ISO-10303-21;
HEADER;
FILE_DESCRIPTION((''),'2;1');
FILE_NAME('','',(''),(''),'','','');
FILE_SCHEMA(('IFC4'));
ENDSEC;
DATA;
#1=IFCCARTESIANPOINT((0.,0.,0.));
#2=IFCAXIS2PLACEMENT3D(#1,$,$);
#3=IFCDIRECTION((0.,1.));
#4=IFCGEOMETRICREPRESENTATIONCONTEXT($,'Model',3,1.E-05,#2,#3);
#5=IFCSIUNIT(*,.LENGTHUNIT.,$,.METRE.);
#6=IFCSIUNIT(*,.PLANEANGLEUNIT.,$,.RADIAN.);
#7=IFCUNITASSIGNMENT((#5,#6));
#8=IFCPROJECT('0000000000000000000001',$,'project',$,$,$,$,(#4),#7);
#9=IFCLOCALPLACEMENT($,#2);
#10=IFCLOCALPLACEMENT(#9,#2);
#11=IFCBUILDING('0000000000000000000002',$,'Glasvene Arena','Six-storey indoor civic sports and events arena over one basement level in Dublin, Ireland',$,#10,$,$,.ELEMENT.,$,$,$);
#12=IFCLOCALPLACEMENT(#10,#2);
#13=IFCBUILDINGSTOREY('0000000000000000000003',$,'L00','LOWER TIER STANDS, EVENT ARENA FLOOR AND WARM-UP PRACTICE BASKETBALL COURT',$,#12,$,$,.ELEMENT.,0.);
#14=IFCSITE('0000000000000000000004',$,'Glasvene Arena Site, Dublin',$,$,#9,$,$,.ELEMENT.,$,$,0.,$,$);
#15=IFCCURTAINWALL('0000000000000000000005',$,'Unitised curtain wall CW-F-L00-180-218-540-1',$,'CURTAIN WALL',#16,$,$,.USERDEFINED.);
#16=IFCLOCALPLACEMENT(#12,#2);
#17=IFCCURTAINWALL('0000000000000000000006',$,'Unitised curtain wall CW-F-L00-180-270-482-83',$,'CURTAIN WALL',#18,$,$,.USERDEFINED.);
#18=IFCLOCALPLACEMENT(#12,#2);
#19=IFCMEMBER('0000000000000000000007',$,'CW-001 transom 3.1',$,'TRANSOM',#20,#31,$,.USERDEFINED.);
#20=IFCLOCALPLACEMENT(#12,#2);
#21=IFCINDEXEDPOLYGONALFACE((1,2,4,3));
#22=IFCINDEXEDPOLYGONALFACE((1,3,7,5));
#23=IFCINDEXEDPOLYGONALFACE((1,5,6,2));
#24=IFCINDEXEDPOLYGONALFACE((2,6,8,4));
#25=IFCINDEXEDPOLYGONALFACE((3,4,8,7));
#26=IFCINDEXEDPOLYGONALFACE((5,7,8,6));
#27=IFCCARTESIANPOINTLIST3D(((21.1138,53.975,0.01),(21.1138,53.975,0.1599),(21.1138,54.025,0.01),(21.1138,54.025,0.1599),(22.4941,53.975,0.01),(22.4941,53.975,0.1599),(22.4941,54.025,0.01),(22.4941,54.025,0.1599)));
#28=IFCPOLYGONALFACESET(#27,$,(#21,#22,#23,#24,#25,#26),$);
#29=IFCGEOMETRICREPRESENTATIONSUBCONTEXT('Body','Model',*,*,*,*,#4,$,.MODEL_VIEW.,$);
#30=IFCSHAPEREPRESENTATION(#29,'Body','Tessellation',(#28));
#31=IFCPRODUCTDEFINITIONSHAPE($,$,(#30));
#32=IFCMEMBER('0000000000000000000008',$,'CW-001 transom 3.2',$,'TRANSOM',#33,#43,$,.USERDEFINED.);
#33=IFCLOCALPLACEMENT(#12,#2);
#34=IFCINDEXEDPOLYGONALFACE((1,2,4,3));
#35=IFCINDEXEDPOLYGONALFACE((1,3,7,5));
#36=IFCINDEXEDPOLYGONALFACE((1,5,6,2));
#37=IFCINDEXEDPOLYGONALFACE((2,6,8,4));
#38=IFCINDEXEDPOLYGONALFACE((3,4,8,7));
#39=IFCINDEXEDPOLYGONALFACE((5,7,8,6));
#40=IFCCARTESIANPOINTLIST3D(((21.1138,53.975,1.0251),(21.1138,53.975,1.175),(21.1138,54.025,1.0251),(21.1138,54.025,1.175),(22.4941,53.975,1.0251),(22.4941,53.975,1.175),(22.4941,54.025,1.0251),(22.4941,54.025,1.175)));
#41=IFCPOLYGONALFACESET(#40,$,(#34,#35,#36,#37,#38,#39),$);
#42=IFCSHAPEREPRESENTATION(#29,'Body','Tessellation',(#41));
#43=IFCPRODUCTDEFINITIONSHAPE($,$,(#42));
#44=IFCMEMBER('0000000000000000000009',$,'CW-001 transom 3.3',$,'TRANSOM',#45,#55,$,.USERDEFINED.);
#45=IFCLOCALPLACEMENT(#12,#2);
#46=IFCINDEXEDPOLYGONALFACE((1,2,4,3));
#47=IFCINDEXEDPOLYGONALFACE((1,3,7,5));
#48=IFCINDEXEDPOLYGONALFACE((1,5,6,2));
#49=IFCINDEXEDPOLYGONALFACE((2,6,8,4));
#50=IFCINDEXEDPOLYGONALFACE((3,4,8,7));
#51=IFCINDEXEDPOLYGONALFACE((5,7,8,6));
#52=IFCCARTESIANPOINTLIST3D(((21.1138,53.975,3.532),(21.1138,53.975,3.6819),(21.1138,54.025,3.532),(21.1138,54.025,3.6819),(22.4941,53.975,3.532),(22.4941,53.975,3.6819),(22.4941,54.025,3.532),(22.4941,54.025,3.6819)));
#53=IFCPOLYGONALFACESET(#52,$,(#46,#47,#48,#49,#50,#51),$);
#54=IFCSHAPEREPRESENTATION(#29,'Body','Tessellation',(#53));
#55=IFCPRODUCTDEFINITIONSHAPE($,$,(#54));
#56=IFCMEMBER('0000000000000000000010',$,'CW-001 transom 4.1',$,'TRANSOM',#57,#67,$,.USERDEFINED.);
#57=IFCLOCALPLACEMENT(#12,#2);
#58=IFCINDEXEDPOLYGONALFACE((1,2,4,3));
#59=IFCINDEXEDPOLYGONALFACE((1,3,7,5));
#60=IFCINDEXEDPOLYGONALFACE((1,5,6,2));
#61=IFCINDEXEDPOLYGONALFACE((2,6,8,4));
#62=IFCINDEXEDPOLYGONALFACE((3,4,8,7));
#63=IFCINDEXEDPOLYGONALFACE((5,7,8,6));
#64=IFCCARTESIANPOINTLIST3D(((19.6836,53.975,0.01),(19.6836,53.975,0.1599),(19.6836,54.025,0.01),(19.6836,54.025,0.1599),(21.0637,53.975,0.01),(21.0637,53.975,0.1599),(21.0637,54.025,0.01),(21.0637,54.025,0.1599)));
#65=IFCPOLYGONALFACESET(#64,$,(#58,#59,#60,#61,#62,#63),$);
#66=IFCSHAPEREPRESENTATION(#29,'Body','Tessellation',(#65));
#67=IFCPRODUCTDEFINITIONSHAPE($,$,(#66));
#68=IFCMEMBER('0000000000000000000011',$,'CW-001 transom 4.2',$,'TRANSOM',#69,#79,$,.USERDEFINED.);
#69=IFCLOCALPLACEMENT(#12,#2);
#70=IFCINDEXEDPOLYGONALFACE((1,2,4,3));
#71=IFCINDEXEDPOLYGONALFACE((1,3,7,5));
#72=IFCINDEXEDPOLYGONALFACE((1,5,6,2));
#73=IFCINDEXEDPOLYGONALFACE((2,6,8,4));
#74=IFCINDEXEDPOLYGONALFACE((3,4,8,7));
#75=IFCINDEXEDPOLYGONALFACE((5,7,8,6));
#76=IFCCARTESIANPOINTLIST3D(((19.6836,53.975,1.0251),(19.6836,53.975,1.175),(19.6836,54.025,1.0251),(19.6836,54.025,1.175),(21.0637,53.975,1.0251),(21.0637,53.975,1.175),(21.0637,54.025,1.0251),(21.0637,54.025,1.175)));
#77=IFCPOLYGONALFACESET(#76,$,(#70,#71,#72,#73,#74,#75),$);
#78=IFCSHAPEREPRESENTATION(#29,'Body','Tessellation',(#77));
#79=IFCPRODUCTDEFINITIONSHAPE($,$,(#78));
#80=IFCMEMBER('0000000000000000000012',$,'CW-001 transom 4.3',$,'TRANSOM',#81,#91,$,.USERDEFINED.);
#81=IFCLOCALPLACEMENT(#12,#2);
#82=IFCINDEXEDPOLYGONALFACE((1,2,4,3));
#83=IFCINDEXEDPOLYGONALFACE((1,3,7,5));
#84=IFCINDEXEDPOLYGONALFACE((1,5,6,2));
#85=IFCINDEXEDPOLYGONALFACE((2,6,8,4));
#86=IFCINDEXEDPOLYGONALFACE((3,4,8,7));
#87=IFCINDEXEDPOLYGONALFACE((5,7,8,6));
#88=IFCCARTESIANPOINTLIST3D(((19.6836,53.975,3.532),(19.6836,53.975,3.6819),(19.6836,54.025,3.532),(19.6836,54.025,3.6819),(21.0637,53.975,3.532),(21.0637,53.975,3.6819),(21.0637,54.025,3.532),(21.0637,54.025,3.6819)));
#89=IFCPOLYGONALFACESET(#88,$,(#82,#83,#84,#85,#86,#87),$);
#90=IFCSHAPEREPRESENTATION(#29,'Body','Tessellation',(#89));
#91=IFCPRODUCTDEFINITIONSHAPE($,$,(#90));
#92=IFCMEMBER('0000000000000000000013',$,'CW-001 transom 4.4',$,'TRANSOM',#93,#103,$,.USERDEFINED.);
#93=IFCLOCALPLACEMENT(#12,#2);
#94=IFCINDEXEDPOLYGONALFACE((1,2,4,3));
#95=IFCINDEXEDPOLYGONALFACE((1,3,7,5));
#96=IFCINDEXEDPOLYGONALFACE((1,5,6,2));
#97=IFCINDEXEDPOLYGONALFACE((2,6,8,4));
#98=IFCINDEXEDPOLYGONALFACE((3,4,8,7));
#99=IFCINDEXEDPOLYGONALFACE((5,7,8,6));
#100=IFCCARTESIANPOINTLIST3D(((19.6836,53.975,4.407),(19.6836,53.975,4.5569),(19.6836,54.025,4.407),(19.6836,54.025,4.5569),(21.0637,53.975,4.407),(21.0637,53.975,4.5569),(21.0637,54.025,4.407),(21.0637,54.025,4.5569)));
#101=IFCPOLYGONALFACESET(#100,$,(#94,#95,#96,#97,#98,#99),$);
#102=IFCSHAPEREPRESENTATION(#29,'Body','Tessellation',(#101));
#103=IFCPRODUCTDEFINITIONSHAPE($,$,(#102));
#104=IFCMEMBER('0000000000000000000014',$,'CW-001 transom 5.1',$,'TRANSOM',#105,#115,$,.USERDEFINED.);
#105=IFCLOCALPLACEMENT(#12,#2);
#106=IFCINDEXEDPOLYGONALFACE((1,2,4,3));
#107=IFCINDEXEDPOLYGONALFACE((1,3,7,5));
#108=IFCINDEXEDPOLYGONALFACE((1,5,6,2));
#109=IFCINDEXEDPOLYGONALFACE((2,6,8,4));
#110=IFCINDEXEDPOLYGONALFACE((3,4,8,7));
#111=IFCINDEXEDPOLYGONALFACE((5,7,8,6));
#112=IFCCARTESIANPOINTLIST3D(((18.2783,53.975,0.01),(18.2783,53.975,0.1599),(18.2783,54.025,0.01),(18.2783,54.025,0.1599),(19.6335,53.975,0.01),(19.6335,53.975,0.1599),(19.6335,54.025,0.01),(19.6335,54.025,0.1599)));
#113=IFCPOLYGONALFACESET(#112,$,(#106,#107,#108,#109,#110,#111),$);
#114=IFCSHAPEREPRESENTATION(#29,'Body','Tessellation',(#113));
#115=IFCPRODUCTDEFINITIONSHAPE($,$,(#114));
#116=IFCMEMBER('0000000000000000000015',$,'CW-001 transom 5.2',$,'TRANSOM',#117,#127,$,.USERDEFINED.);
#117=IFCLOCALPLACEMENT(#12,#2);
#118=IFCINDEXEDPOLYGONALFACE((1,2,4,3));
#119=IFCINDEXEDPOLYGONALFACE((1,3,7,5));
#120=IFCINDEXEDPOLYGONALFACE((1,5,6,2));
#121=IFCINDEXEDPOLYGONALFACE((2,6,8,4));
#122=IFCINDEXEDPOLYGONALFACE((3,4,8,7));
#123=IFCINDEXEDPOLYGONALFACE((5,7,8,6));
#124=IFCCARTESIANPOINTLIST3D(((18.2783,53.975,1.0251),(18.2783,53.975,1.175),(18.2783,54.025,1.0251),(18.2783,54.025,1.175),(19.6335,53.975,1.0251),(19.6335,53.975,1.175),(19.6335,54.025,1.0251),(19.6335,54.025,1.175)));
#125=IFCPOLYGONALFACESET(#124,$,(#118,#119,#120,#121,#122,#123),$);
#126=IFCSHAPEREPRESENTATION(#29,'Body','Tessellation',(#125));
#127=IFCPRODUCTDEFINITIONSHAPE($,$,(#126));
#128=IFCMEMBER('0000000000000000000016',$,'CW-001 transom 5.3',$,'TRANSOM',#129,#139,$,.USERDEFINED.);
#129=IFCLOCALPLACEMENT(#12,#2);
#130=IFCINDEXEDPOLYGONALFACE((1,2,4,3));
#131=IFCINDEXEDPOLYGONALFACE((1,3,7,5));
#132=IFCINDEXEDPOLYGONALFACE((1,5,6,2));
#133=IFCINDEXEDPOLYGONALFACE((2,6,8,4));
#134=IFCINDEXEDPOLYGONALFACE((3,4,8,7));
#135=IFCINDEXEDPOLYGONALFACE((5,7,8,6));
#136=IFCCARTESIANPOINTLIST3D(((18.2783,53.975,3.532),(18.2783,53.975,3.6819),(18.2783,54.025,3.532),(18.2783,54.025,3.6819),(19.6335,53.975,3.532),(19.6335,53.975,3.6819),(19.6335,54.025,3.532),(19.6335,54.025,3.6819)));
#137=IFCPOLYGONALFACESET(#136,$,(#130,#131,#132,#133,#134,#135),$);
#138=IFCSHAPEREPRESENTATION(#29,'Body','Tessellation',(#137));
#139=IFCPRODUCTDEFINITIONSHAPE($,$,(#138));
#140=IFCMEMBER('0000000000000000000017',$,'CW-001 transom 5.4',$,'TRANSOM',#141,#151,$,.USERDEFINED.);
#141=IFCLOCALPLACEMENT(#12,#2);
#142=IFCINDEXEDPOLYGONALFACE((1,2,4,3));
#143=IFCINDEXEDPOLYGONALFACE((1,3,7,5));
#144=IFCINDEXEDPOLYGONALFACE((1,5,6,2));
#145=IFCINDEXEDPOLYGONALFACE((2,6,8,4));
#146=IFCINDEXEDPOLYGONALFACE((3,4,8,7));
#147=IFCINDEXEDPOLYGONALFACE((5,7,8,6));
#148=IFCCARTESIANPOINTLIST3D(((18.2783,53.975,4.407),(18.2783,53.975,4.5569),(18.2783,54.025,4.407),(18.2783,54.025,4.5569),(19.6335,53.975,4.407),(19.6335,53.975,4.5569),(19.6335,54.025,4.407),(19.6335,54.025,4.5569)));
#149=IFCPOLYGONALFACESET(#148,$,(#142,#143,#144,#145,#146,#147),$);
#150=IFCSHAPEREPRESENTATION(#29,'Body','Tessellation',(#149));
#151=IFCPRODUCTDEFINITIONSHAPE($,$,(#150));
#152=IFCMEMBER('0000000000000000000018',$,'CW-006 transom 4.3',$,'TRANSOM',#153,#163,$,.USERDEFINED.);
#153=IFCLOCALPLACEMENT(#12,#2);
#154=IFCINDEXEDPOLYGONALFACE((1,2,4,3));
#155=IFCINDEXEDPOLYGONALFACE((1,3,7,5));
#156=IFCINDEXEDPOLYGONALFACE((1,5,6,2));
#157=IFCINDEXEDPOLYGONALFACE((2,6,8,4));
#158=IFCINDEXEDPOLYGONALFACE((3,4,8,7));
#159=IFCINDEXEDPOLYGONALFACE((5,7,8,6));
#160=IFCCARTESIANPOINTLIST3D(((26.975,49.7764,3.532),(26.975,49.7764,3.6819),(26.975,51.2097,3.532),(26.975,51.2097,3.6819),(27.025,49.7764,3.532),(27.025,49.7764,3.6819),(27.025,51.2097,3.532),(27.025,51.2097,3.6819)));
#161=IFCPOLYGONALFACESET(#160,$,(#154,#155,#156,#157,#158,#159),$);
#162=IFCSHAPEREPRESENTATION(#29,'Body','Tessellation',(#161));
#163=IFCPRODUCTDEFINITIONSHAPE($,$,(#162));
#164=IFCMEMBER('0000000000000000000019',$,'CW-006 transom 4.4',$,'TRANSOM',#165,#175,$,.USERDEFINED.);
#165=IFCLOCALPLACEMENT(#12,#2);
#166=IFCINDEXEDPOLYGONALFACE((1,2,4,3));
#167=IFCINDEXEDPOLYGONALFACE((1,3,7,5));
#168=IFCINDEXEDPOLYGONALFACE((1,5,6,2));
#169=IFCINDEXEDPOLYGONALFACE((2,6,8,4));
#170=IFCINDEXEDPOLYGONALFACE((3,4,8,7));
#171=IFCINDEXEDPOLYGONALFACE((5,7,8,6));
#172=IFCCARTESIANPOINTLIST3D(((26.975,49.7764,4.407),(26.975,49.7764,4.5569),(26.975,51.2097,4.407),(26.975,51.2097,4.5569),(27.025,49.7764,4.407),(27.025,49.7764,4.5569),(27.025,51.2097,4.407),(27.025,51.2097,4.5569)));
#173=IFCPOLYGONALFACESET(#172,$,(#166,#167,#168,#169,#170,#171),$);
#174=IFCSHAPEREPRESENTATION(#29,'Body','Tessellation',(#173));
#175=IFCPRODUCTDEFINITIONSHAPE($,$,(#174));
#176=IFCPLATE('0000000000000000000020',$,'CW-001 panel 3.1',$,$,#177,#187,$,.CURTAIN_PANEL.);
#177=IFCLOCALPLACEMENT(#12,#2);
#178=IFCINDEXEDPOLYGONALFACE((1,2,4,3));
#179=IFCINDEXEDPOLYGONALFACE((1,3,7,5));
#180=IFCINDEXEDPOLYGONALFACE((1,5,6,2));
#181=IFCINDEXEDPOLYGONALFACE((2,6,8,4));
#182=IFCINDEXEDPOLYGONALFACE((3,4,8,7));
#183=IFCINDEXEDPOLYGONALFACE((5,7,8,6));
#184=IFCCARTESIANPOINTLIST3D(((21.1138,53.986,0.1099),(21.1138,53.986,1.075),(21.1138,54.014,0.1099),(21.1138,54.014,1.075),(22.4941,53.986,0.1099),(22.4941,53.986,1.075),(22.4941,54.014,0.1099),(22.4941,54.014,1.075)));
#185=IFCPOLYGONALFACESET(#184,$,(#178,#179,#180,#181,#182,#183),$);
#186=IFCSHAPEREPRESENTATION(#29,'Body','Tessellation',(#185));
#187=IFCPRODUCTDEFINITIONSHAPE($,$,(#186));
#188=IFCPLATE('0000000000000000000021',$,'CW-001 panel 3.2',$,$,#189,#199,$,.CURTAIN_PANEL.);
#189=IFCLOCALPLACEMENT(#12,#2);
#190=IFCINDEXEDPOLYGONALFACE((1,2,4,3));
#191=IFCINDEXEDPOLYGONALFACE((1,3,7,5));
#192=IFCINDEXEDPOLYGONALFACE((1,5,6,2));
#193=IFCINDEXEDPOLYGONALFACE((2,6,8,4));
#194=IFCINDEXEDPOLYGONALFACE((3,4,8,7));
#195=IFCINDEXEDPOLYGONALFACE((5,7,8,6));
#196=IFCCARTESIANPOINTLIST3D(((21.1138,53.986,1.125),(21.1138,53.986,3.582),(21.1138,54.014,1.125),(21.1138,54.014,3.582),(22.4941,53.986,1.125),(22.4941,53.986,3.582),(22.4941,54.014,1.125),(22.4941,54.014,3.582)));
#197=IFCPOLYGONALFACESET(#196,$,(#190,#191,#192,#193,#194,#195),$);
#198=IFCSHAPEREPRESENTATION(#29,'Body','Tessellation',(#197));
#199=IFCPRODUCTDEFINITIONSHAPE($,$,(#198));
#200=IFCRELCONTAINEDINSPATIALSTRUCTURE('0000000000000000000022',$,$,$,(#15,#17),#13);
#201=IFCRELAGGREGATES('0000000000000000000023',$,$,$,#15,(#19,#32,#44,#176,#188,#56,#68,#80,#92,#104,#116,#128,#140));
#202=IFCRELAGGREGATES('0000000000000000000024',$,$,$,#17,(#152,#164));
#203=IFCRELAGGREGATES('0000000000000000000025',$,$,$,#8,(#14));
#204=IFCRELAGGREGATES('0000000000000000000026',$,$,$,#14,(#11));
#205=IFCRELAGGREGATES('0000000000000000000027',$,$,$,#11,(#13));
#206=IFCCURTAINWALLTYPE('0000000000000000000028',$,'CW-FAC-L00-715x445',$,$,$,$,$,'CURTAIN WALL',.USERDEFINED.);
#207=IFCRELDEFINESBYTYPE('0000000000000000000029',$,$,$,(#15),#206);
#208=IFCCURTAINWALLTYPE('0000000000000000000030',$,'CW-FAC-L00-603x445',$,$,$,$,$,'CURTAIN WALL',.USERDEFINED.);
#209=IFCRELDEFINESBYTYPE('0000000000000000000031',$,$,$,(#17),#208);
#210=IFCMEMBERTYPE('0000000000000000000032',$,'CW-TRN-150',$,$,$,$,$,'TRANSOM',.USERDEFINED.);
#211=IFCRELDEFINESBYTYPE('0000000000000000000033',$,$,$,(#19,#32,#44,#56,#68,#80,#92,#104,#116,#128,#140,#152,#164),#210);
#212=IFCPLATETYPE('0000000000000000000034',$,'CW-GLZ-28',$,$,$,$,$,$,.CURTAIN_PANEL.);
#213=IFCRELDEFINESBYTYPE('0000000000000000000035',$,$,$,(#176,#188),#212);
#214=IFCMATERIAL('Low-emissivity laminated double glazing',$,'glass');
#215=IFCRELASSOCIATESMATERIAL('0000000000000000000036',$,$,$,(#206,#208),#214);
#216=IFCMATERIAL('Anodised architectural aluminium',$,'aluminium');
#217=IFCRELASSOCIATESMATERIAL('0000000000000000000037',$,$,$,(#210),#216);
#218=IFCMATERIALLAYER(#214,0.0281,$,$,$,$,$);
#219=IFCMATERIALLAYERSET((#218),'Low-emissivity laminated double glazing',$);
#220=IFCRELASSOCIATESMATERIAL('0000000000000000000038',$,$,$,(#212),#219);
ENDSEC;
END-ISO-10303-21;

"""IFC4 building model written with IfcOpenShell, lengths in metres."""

from ifc_helpers import new_model, si_unit, direction, frame, origin, origin_2d, place, context, subcontext, project, spatial, rectangle, extrude, material, layer, layer_set, material_profile, profile_set, type_object, element, aggregate, save


model = new_model("IFC4")

# Units and contexts
model_context = context("Model", 3, precision=1e-05, world=origin(), true_north=direction((0.0, 1.0)))
body_context = subcontext(model_context, "Body", "Model", "MODEL_VIEW")
ifc_project = project(units=[si_unit("LENGTHUNIT", "METRE"), si_unit("PLANEANGLEUNIT", "RADIAN")], contexts=[model_context])

# Site, building, storey
site_placement = place(None, origin())
site = spatial("IfcSite", under=ifc_project, at=site_placement, Name="Glasvene Arena Site, Dublin", CompositionType="ELEMENT", RefElevation=0.0)
building_placement = place(site_placement, origin())
building = spatial("IfcBuilding", under=site, at=building_placement, Name="Glasvene Arena", Description="Six-storey indoor civic sports and events arena over one basement level in Dublin, Ireland", CompositionType="ELEMENT")
storey_placement = place(building_placement, origin())
storey = spatial("IfcBuildingStorey", under=building, at=storey_placement, Name="L00", Description="LOWER TIER STANDS, EVENT ARENA FLOOR AND WARM-UP PRACTICE BASKETBALL COURT", CompositionType="ELEMENT", Elevation=0.0)

# Curtain wall
ifc_material_1 = material(Name="Low-emissivity laminated double glazing", Category="glass")
curtain_wall_type_1 = type_object("IfcCurtainWallType", Name="CW-FAC-L00-715x445", ElementType="CURTAIN WALL", PredefinedType="USERDEFINED", material=ifc_material_1)
curtain_wall_1_placement = place(storey_placement, frame((25.3796, 54.0, 0.0)))
curtain_wall_1 = element("IfcCurtainWall", 1, at=curtain_wall_1_placement, inside=storey, type_object=curtain_wall_type_1, Name="Unitised curtain wall CW-F-L00-180-218-540-1", ObjectType="CURTAIN WALL", PredefinedType="USERDEFINED")
ifc_material_2 = material(Name="Anodised architectural aluminium", Category="aluminium")

# Curtain wall
curtain_wall_type_2 = type_object("IfcCurtainWallType", Name="CW-FAC-L00-603x445", ElementType="CURTAIN WALL", PredefinedType="USERDEFINED", material=ifc_material_1)
curtain_wall_2_placement = place(storey_placement, frame((27.0, 45.2261, 0.0)))
curtain_wall_2 = element("IfcCurtainWall", 2, at=curtain_wall_2_placement, inside=storey, type_object=curtain_wall_type_2, Name="Unitised curtain wall CW-F-L00-180-270-482-83", ObjectType="CURTAIN WALL", PredefinedType="USERDEFINED")

# Members
ifc_material_profile_1 = material_profile(ifc_material_2, rectangle(XDim=0.05, YDim=0.1499, at=origin_2d()), Name="ALU TRANSOM 50x150")
ifc_profile_set_1 = profile_set([ifc_material_profile_1], Name="Anodised architectural aluminium")
member_type_1 = type_object("IfcMemberType", Name="CW-TRN-150", ElementType="TRANSOM", PredefinedType="USERDEFINED", material=ifc_profile_set_1)
member_1_placement = place(storey_placement, frame((22.4941, 54.0, 0.085), z_axis=(-1.0, 0.0, 0.0), x_axis=(0.0, -1.0, 0.0)))
member_1 = element("IfcMember", 3, at=member_1_placement, type_object=member_type_1, Name="CW-001 transom 3.1", ObjectType="TRANSOM", PredefinedType="USERDEFINED", context=body_context, shape_type="SweptSolid", body=[
    extrude(rectangle(XDim=0.05, YDim=0.1499, at=origin_2d()), origin(), (0.0, 0.0, 1.0), 1.3804),
])
member_2_placement = place(storey_placement, frame((22.4941, 54.0, 1.1001), z_axis=(-1.0, 0.0, 0.0), x_axis=(0.0, -1.0, 0.0)))
member_2 = element("IfcMember", 4, at=member_2_placement, type_object=member_type_1, Name="CW-001 transom 3.2", ObjectType="TRANSOM", PredefinedType="USERDEFINED", context=body_context, shape_type="SweptSolid", body=[
    extrude(rectangle(XDim=0.05, YDim=0.1499, at=origin_2d()), origin(), (0.0, 0.0, 1.0), 1.3804),
])
member_3_placement = place(storey_placement, frame((22.4941, 54.0, 3.6069), z_axis=(-1.0, 0.0, 0.0), x_axis=(0.0, -1.0, 0.0)))
member_3 = element("IfcMember", 5, at=member_3_placement, type_object=member_type_1, Name="CW-001 transom 3.3", ObjectType="TRANSOM", PredefinedType="USERDEFINED", context=body_context, shape_type="SweptSolid", body=[
    extrude(rectangle(XDim=0.05, YDim=0.1499, at=origin_2d()), origin(), (0.0, 0.0, 1.0), 1.3804),
])
member_4_placement = place(storey_placement, frame((21.0637, 54.0, 0.085), z_axis=(-1.0, 0.0, 0.0), x_axis=(0.0, -1.0, 0.0)))
member_4 = element("IfcMember", 6, at=member_4_placement, type_object=member_type_1, Name="CW-001 transom 4.1", ObjectType="TRANSOM", PredefinedType="USERDEFINED", context=body_context, shape_type="SweptSolid", body=[
    extrude(rectangle(XDim=0.05, YDim=0.1499, at=origin_2d()), origin(), (0.0, 0.0, 1.0), 1.3801),
])
member_5_placement = place(storey_placement, frame((21.0637, 54.0, 1.1001), z_axis=(-1.0, 0.0, 0.0), x_axis=(0.0, -1.0, 0.0)))
member_5 = element("IfcMember", 7, at=member_5_placement, type_object=member_type_1, Name="CW-001 transom 4.2", ObjectType="TRANSOM", PredefinedType="USERDEFINED", context=body_context, shape_type="SweptSolid", body=[
    extrude(rectangle(XDim=0.05, YDim=0.1499, at=origin_2d()), origin(), (0.0, 0.0, 1.0), 1.3801),
])
member_6_placement = place(storey_placement, frame((21.0637, 54.0, 3.6069), z_axis=(-1.0, 0.0, 0.0), x_axis=(0.0, -1.0, 0.0)))
member_6 = element("IfcMember", 8, at=member_6_placement, type_object=member_type_1, Name="CW-001 transom 4.3", ObjectType="TRANSOM", PredefinedType="USERDEFINED", context=body_context, shape_type="SweptSolid", body=[
    extrude(rectangle(XDim=0.05, YDim=0.1499, at=origin_2d()), origin(), (0.0, 0.0, 1.0), 1.3801),
])
member_7_placement = place(storey_placement, frame((21.0637, 54.0, 4.4819), z_axis=(-1.0, 0.0, 0.0), x_axis=(0.0, -1.0, 0.0)))
member_7 = element("IfcMember", 9, at=member_7_placement, type_object=member_type_1, Name="CW-001 transom 4.4", ObjectType="TRANSOM", PredefinedType="USERDEFINED", context=body_context, shape_type="SweptSolid", body=[
    extrude(rectangle(XDim=0.05, YDim=0.1499, at=origin_2d()), origin(), (0.0, 0.0, 1.0), 1.3801),
])
member_8_placement = place(storey_placement, frame((19.6335, 54.0, 0.085), z_axis=(-1.0, 0.0, 0.0), x_axis=(0.0, -1.0, 0.0)))
member_8 = element("IfcMember", 10, at=member_8_placement, type_object=member_type_1, Name="CW-001 transom 5.1", ObjectType="TRANSOM", PredefinedType="USERDEFINED", context=body_context, shape_type="SweptSolid", body=[
    extrude(rectangle(XDim=0.05, YDim=0.1499, at=origin_2d()), origin(), (0.0, 0.0, 1.0), 1.3552),
])
member_9_placement = place(storey_placement, frame((19.6335, 54.0, 1.1001), z_axis=(-1.0, 0.0, 0.0), x_axis=(0.0, -1.0, 0.0)))
member_9 = element("IfcMember", 11, at=member_9_placement, type_object=member_type_1, Name="CW-001 transom 5.2", ObjectType="TRANSOM", PredefinedType="USERDEFINED", context=body_context, shape_type="SweptSolid", body=[
    extrude(rectangle(XDim=0.05, YDim=0.1499, at=origin_2d()), origin(), (0.0, 0.0, 1.0), 1.3552),
])
member_10_placement = place(storey_placement, frame((19.6335, 54.0, 3.6069), z_axis=(-1.0, 0.0, 0.0), x_axis=(0.0, -1.0, 0.0)))
member_10 = element("IfcMember", 12, at=member_10_placement, type_object=member_type_1, Name="CW-001 transom 5.3", ObjectType="TRANSOM", PredefinedType="USERDEFINED", context=body_context, shape_type="SweptSolid", body=[
    extrude(rectangle(XDim=0.05, YDim=0.1499, at=origin_2d()), origin(), (0.0, 0.0, 1.0), 1.3552),
])
member_11_placement = place(storey_placement, frame((19.6335, 54.0, 4.4819), z_axis=(-1.0, 0.0, 0.0), x_axis=(0.0, -1.0, 0.0)))
member_11 = element("IfcMember", 13, at=member_11_placement, type_object=member_type_1, Name="CW-001 transom 5.4", ObjectType="TRANSOM", PredefinedType="USERDEFINED", context=body_context, shape_type="SweptSolid", body=[
    extrude(rectangle(XDim=0.05, YDim=0.1499, at=origin_2d()), origin(), (0.0, 0.0, 1.0), 1.3552),
])
member_12_placement = place(storey_placement, frame((27.0, 49.7764, 3.6069), z_axis=(0.0, 1.0, 0.0), x_axis=(-1.0, 0.0, 0.0)))
member_12 = element("IfcMember", 14, at=member_12_placement, type_object=member_type_1, Name="CW-006 transom 4.3", ObjectType="TRANSOM", PredefinedType="USERDEFINED", context=body_context, shape_type="SweptSolid", body=[
    extrude(rectangle(XDim=0.05, YDim=0.1499, at=origin_2d()), origin(), (0.0, 0.0, 1.0), 1.4333),
])
member_13_placement = place(storey_placement, frame((27.0, 49.7764, 4.4819), z_axis=(0.0, 1.0, 0.0), x_axis=(-1.0, 0.0, 0.0)))
member_13 = element("IfcMember", 15, at=member_13_placement, type_object=member_type_1, Name="CW-006 transom 4.4", ObjectType="TRANSOM", PredefinedType="USERDEFINED", context=body_context, shape_type="SweptSolid", body=[
    extrude(rectangle(XDim=0.05, YDim=0.1499, at=origin_2d()), origin(), (0.0, 0.0, 1.0), 1.4333),
])

# Plates
ifc_layer_1 = layer(ifc_material_1, 0.0281)
ifc_layer_set_1 = layer_set([ifc_layer_1], Name="Low-emissivity laminated double glazing")
plate_type = type_object("IfcPlateType", Name="CW-GLZ-28", PredefinedType="CURTAIN_PANEL", material=ifc_layer_set_1)
plate_1_placement = place(storey_placement, frame((21.804, 54.0, 0.1099), z_axis=(0.0, 0.0, 1.0), x_axis=(-1.0, 0.0, 0.0)))
plate_1 = element("IfcPlate", 16, at=plate_1_placement, type_object=plate_type, Name="CW-001 panel 3.1", PredefinedType="CURTAIN_PANEL", context=body_context, shape_type="SweptSolid", body=[
    extrude(rectangle(XDim=1.3804, YDim=0.0281, at=origin_2d()), origin(), (0.0, 0.0, 1.0), 0.9651),
])
plate_2_placement = place(storey_placement, frame((21.804, 54.0, 1.125), z_axis=(0.0, 0.0, 1.0), x_axis=(-1.0, 0.0, 0.0)))
plate_2 = element("IfcPlate", 17, at=plate_2_placement, type_object=plate_type, Name="CW-001 panel 3.2", PredefinedType="CURTAIN_PANEL", context=body_context, shape_type="SweptSolid", body=[
    extrude(rectangle(XDim=1.3804, YDim=0.0281, at=origin_2d()), origin(), (0.0, 0.0, 1.0), 2.457),
])
aggregate(curtain_wall_1, [member_1, member_2, member_3, plate_1, plate_2, member_4, member_5, member_6, member_7, member_8, member_9, member_10, member_11])
aggregate(curtain_wall_2, [member_12, member_13])

save(model, "model.ifc")
